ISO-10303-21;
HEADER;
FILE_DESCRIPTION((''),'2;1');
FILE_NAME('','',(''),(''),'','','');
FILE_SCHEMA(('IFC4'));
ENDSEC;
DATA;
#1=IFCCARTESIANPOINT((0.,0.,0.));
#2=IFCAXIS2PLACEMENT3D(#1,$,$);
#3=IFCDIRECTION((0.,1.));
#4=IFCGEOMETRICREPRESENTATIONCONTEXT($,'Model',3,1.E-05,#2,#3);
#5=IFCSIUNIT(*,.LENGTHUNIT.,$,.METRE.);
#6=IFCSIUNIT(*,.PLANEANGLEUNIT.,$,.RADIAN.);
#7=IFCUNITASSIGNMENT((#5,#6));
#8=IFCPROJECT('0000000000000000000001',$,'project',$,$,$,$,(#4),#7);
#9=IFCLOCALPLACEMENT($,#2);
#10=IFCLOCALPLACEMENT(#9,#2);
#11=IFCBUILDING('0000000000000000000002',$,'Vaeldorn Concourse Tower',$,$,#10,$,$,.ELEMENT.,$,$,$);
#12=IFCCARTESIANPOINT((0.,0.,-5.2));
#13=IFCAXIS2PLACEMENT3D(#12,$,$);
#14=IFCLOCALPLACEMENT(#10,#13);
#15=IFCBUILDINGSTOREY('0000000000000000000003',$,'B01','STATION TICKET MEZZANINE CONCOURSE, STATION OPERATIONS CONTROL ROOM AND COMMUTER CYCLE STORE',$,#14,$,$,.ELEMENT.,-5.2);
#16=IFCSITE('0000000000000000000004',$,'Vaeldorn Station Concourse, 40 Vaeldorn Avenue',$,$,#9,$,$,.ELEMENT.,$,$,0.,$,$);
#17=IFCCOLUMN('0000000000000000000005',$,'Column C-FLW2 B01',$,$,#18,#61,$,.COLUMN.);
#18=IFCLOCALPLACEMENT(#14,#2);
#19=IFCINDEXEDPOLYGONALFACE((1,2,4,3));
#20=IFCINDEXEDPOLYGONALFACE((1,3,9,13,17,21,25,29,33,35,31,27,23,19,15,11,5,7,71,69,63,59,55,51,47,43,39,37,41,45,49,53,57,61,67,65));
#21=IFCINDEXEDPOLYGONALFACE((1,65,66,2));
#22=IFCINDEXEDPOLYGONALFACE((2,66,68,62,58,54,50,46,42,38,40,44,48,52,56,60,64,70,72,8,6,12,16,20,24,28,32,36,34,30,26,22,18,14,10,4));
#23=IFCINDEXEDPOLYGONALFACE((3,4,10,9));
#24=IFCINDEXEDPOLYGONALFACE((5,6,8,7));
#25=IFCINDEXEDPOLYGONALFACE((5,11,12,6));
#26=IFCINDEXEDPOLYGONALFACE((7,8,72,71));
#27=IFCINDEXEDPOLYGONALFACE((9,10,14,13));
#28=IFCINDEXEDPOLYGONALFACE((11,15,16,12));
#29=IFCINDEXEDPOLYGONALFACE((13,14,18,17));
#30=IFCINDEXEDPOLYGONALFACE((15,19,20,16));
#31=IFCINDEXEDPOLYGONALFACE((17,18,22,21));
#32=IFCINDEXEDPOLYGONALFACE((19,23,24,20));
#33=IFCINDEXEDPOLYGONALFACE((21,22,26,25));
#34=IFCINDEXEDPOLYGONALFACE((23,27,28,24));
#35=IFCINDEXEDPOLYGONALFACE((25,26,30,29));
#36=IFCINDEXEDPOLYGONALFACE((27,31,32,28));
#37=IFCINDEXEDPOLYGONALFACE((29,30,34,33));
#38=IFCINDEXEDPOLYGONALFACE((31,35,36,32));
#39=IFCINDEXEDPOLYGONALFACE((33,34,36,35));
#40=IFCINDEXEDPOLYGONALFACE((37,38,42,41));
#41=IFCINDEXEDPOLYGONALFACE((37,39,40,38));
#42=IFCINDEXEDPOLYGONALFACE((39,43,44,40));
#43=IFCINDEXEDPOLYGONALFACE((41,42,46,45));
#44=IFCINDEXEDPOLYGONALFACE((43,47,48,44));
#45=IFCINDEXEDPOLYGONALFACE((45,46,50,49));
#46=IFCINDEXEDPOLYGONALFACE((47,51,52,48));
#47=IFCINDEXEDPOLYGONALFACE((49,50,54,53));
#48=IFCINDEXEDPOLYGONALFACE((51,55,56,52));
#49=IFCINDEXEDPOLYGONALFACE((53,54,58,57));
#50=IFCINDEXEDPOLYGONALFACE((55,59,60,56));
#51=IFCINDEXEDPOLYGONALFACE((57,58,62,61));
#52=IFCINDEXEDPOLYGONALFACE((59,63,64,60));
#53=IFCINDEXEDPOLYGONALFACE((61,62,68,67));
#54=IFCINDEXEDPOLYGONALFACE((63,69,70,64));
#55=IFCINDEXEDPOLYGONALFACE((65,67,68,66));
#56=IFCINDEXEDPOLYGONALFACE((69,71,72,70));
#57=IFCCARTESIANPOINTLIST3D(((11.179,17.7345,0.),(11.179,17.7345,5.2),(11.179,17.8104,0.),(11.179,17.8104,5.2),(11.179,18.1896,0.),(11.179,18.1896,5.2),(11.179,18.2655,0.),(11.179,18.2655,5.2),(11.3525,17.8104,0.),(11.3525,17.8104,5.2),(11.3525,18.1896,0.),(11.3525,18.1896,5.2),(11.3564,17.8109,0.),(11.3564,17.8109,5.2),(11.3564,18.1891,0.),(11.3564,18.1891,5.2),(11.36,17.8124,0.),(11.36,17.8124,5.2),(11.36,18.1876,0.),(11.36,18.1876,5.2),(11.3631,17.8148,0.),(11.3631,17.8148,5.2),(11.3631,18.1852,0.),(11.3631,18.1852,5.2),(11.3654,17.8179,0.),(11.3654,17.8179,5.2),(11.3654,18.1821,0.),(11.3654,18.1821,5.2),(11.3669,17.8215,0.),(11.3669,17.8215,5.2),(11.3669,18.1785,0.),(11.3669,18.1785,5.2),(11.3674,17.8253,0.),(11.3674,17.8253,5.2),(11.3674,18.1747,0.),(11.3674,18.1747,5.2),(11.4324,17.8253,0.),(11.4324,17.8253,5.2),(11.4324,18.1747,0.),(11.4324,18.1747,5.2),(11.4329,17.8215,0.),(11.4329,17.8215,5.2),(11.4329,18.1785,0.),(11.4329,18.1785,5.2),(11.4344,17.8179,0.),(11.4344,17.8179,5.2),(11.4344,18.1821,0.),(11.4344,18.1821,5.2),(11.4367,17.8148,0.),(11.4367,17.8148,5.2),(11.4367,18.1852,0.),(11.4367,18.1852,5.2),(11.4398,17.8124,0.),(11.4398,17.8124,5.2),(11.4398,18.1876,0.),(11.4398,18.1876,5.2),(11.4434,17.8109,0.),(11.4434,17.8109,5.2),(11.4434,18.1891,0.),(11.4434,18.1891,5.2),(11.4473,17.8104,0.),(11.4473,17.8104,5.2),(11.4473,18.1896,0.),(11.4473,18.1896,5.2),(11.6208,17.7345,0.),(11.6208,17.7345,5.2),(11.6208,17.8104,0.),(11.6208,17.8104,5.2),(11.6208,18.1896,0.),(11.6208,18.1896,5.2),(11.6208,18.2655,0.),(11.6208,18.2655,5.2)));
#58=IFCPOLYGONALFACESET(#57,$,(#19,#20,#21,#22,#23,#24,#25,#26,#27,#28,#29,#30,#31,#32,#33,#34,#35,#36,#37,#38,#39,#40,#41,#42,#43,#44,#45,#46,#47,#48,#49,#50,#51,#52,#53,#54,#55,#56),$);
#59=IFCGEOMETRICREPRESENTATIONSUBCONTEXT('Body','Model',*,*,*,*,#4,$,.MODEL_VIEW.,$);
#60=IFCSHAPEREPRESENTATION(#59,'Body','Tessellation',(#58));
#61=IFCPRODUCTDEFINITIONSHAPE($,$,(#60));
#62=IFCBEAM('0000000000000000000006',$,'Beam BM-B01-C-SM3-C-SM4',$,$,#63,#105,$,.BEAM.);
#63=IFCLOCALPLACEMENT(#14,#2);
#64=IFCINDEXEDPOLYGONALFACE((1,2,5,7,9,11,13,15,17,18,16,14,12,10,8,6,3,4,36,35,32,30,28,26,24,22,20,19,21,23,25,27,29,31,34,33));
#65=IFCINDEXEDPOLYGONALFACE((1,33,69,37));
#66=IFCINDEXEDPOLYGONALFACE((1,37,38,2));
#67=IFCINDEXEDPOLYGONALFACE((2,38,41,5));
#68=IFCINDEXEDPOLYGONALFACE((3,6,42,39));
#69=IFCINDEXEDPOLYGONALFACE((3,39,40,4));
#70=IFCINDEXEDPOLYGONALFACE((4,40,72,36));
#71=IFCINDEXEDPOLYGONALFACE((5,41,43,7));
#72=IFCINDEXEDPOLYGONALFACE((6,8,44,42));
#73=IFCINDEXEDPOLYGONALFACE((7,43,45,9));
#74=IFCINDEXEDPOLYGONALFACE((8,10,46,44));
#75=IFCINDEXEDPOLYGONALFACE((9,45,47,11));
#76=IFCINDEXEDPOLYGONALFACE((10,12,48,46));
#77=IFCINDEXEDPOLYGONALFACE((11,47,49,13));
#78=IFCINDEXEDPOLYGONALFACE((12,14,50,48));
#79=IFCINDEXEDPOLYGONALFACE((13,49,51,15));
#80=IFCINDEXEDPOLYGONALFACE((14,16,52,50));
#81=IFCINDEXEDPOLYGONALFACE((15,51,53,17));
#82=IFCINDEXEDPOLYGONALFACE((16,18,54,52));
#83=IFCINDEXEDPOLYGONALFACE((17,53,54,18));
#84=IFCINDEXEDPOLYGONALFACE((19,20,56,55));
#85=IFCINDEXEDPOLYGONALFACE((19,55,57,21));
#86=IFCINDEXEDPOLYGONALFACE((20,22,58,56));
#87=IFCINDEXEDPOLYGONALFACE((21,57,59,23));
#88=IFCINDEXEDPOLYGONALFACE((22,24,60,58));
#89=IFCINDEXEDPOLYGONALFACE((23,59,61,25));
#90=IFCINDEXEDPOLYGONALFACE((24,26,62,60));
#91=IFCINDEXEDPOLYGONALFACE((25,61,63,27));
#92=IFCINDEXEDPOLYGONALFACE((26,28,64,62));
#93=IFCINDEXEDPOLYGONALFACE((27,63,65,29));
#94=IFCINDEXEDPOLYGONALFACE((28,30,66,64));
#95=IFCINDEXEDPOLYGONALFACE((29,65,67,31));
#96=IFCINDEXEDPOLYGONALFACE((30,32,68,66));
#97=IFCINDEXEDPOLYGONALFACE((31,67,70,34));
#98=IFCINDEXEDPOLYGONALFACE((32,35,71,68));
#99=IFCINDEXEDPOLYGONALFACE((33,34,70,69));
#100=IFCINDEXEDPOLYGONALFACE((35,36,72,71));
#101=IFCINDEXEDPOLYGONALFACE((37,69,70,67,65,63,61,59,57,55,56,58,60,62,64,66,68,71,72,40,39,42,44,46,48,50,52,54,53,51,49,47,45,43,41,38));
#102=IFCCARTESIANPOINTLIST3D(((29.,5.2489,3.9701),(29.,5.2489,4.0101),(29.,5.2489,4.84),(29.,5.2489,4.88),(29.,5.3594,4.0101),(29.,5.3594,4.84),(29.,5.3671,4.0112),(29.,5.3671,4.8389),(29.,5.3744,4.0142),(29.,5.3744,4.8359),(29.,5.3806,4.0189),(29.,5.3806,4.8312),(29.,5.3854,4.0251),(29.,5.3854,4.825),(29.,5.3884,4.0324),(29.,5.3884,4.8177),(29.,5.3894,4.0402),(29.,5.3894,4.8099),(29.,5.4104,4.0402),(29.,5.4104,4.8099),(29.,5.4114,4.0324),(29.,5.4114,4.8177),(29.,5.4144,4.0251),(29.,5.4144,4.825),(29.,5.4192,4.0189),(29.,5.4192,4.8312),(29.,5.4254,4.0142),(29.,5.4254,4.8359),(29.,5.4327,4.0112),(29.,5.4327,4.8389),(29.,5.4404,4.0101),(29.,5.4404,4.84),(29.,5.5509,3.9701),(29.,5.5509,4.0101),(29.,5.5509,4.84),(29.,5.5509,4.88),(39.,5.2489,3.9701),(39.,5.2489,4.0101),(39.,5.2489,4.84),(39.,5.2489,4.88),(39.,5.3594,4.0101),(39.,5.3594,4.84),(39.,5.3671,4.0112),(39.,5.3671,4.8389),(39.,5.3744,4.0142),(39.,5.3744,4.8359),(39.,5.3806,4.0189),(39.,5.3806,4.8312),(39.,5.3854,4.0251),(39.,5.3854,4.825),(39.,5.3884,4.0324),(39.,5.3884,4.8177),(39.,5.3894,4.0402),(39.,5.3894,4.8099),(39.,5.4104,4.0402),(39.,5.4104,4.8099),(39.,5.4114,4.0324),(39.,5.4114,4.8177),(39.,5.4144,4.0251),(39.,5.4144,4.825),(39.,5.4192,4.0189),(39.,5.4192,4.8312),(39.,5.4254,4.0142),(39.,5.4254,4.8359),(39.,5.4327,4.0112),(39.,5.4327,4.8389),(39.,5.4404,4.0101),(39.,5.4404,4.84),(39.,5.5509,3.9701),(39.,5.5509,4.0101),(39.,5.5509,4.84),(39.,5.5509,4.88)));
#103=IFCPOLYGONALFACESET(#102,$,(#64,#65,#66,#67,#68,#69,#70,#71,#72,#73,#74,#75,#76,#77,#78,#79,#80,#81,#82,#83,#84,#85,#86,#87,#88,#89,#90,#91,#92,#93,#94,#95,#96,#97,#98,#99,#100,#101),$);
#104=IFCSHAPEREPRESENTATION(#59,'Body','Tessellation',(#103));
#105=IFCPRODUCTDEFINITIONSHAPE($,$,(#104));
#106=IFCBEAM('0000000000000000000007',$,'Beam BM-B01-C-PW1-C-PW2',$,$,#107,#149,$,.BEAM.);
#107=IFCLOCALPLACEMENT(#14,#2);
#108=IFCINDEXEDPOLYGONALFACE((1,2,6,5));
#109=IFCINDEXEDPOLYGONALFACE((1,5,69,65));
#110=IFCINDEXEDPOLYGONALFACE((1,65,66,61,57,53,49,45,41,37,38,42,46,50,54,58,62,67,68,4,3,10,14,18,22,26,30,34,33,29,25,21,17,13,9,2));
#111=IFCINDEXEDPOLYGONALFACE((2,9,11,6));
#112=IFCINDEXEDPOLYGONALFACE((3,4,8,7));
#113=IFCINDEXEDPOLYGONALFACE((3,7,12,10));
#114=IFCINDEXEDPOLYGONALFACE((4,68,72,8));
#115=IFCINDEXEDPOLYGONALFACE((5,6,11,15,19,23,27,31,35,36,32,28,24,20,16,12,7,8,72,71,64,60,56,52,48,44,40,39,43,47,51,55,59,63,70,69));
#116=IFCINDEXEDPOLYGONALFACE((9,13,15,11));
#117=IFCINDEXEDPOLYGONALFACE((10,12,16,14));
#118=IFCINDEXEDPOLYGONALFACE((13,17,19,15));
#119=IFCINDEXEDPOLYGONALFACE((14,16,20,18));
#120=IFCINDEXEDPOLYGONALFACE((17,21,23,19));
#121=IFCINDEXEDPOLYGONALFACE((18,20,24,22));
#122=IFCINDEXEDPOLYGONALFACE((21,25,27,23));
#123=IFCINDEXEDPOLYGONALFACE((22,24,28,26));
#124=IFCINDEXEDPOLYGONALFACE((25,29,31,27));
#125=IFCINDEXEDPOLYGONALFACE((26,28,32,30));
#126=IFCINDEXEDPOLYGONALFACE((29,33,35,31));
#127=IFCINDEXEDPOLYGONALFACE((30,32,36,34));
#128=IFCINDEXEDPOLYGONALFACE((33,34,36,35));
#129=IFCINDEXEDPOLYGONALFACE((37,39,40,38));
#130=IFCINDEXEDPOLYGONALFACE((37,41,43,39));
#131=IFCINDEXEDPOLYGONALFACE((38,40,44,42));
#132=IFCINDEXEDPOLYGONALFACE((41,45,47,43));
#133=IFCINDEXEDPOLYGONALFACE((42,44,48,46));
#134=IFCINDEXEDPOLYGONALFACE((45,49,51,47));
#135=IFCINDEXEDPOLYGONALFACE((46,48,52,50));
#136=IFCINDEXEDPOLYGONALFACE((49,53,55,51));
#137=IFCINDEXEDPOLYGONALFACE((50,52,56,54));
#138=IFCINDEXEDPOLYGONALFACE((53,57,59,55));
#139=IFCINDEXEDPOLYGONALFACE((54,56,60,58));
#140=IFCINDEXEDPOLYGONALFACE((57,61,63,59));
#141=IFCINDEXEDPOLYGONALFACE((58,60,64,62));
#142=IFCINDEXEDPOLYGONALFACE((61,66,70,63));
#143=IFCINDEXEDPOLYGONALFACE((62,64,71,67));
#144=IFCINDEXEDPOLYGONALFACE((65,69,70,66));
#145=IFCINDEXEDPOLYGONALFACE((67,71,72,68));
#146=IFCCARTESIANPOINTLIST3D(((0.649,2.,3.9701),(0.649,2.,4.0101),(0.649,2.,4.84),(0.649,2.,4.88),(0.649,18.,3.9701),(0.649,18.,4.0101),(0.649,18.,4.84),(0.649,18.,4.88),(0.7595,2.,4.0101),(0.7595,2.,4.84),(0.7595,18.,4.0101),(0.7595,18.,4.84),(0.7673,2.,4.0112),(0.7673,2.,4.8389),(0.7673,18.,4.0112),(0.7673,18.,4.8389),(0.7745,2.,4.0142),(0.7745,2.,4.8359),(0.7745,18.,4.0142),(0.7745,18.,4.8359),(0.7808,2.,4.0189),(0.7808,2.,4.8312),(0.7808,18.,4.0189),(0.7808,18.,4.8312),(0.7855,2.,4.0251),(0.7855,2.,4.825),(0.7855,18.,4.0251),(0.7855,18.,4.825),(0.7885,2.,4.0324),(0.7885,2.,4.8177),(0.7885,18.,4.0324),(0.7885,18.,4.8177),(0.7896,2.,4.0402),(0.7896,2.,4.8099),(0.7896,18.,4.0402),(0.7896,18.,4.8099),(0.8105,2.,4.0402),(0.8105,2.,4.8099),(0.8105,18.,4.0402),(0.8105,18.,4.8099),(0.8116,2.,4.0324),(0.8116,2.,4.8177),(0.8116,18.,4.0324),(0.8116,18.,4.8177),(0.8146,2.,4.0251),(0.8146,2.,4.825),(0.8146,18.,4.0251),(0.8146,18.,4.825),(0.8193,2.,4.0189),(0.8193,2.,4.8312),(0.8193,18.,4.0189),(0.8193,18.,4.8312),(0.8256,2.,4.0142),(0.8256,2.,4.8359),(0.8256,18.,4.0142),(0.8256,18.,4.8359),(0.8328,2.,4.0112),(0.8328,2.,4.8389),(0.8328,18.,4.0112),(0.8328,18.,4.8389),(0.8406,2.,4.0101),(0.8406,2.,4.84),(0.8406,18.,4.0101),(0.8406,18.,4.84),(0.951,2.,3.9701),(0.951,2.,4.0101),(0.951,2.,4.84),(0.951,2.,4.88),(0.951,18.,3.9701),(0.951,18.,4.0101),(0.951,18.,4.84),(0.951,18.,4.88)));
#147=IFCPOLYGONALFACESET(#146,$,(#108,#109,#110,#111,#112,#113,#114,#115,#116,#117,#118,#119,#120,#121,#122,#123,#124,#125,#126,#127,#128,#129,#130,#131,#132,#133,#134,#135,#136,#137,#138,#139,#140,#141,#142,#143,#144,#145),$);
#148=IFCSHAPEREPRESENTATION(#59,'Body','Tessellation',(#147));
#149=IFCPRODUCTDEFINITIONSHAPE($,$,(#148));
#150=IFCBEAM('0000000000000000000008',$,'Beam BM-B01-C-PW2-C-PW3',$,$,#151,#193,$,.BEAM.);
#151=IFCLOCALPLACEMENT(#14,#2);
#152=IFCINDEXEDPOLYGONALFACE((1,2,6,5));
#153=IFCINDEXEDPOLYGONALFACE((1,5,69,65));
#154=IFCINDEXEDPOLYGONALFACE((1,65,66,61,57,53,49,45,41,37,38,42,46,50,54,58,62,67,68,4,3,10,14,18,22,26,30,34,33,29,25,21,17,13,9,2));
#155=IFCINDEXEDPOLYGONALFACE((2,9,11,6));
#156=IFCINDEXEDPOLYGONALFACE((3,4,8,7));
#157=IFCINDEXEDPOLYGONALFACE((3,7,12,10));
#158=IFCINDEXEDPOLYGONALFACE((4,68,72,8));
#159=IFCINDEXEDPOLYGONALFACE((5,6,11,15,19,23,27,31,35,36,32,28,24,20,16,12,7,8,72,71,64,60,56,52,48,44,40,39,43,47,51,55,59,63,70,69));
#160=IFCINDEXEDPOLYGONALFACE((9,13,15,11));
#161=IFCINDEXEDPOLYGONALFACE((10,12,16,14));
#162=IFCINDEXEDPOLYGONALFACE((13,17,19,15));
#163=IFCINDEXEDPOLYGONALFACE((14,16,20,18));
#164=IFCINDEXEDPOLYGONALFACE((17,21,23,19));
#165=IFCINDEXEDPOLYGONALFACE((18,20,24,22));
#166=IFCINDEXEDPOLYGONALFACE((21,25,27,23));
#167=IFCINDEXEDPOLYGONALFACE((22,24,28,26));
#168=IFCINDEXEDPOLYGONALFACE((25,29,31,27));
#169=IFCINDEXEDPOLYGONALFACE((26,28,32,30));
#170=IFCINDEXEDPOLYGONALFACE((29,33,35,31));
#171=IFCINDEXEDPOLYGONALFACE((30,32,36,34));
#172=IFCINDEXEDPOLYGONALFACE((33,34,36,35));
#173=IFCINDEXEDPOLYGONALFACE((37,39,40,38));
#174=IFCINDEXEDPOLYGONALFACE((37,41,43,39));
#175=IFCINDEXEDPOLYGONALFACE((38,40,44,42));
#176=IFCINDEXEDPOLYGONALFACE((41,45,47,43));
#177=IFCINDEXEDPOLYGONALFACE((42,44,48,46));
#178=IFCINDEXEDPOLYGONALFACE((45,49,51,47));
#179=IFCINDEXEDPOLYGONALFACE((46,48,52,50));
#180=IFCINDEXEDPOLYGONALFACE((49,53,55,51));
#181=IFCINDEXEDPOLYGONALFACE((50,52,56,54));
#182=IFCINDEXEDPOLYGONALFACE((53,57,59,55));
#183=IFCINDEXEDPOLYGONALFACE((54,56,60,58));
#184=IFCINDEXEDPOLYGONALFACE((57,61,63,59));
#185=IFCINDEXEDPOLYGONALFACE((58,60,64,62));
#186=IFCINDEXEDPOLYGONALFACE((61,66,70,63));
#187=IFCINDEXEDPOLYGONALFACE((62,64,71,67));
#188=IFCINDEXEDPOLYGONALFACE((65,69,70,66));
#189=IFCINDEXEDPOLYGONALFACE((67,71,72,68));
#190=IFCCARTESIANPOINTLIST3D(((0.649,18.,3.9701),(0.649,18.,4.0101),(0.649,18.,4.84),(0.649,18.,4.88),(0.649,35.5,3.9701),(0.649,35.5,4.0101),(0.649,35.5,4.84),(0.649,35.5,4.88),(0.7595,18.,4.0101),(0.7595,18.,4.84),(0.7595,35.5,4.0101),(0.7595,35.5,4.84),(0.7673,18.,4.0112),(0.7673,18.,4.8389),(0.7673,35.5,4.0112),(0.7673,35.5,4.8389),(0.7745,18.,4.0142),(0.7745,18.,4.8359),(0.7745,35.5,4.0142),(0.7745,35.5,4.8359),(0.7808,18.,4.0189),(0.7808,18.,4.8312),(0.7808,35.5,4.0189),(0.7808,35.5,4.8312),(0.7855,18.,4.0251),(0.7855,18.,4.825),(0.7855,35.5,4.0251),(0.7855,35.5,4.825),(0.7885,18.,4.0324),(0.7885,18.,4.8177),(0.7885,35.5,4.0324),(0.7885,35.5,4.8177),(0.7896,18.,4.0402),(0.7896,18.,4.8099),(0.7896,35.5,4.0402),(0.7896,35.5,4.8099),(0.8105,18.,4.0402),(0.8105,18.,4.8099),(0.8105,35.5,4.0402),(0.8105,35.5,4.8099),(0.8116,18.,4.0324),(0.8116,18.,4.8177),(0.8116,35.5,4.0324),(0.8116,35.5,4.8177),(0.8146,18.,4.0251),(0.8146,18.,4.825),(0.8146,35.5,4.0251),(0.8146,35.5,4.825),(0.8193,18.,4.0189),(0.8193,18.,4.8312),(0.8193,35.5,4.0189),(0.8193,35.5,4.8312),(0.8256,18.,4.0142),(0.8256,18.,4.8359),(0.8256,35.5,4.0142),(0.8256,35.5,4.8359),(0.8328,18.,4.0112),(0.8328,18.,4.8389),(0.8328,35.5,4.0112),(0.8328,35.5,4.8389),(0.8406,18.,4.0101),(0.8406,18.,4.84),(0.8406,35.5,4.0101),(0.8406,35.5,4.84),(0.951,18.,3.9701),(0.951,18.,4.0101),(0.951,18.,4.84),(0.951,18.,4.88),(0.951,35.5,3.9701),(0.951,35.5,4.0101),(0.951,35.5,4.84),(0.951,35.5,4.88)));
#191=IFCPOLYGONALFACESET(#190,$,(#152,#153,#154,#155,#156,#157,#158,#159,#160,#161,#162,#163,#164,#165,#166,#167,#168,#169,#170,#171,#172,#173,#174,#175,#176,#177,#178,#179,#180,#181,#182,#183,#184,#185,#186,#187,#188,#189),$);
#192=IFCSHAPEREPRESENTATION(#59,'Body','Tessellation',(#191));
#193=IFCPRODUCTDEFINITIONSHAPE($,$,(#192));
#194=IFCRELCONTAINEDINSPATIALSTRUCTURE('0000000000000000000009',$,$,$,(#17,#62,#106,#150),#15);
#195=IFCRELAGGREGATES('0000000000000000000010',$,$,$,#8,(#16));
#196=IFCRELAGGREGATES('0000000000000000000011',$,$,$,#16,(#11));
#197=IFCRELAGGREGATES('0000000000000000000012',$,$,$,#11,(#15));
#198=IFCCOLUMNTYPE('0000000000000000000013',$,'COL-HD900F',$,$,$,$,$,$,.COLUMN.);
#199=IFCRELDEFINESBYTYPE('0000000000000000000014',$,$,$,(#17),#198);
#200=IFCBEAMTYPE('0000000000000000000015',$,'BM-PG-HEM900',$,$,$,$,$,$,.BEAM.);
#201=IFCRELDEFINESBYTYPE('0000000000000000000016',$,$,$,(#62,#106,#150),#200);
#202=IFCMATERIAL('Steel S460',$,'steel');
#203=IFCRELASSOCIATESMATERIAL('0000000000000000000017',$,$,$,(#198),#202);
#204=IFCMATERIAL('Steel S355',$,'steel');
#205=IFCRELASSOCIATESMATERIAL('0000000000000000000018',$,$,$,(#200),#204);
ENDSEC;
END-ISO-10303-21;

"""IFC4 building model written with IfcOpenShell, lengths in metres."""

from ifc_helpers import new_model, si_unit, direction, frame, origin, origin_2d, place, context, subcontext, project, spatial, i_section, extrude, source, transform, mapped, material, material_profile, profile_set, type_object, element, save


model = new_model("IFC4")

# Units and contexts
model_context = context("Model", 3, precision=1e-05, world=origin(), true_north=direction((0.0, 1.0)))
body_context = subcontext(model_context, "Body", "Model", "MODEL_VIEW")
ifc_project = project(units=[si_unit("LENGTHUNIT", "METRE"), si_unit("PLANEANGLEUNIT", "RADIAN")], contexts=[model_context])

# Site, building, storey
site_placement = place(None, origin())
site = spatial("IfcSite", under=ifc_project, at=site_placement, Name="Vaeldorn Station Concourse, 40 Vaeldorn Avenue", CompositionType="ELEMENT", RefElevation=0.0)
building_placement = place(site_placement, origin())
building = spatial("IfcBuilding", under=site, at=building_placement, Name="Vaeldorn Concourse Tower", CompositionType="ELEMENT")
storey_placement = place(building_placement, frame((0.0, 0.0, -5.2)))
storey = spatial("IfcBuildingStorey", under=building, at=storey_placement, Name="B01", Description="STATION TICKET MEZZANINE CONCOURSE, STATION OPERATIONS CONTROL ROOM AND COMMUTER CYCLE STORE", CompositionType="ELEMENT", Elevation=-5.2)

# Column
ifc_material_1 = material(Name="Steel S460", Category="steel")
ifc_material_profile_1 = material_profile(ifc_material_1, i_section(OverallWidth=0.4419, OverallDepth=0.531, WebThickness=0.0649, FlangeThickness=0.0759, FilletRadius=0.0149, at=origin_2d()), Name="HD 400x900")
ifc_profile_set_1 = profile_set([ifc_material_profile_1], Name="Steel S460")
column_type_1 = type_object("IfcColumnType", Name="COL-HD900F", PredefinedType="COLUMN", material=ifc_profile_set_1)
shared_shape_1 = source(origin(), body_context, "Body", "SweptSolid", [
    extrude(i_section(OverallWidth=0.4419, OverallDepth=0.531, WebThickness=0.0649, FlangeThickness=0.0759, FilletRadius=0.0149, at=origin_2d()), origin(), (0.0, 0.0, 1.0), 5.2),
])
for number, where, z_axis, x_axis, name in (
    (1, (11.3999, 18.0, 0.0), (0.0, 0.0, 1.0), (1.0, 0.0, 0.0), "Column C-FLW2 B01"),
):
    element("IfcColumn", number, at=place(storey_placement, frame(where, z_axis=z_axis, x_axis=x_axis)), inside=storey, type_object=column_type_1, Name=name, PredefinedType="COLUMN", context=body_context, shape_type="MappedRepresentation", body=[
        mapped(shared_shape_1, transform((0.0, 0.0, 0.0), scale=1.0)),
    ])

# Beams
ifc_material_2 = material(Name="Steel S355", Category="steel")
ifc_material_profile_2 = material_profile(ifc_material_2, i_section(OverallWidth=0.302, OverallDepth=0.9099, WebThickness=0.021, FlangeThickness=0.04, FilletRadius=0.03, at=origin_2d()), Name="HEM 900")
ifc_profile_set_2 = profile_set([ifc_material_profile_2], Name="Steel S355")
beam_type_1 = type_object("IfcBeamType", Name="BM-PG-HEM900", PredefinedType="BEAM", material=ifc_profile_set_2)
shared_shape_2 = source(origin(), body_context, "Body", "SweptSolid", [
    extrude(i_section(OverallWidth=0.302, OverallDepth=0.9099, WebThickness=0.021, FlangeThickness=0.04, FilletRadius=0.03, at=origin_2d()), origin(), (0.0, 0.0, 1.0), 10.0),
])
beam_1_placement = place(storey_placement, frame((29.0, 5.3999, 4.425), z_axis=(1.0, 0.0, 0.0), x_axis=(0.0, 1.0, 0.0)))
element("IfcBeam", 2, at=beam_1_placement, inside=storey, type_object=beam_type_1, Name="Beam BM-B01-C-SM3-C-SM4", PredefinedType="BEAM", context=body_context, shape_type="MappedRepresentation", body=[
    mapped(shared_shape_2, transform((0.0, 0.0, 0.0), scale=1.0)),
])
shared_shape_3 = source(origin(), body_context, "Body", "SweptSolid", [
    extrude(i_section(OverallWidth=0.302, OverallDepth=0.9099, WebThickness=0.021, FlangeThickness=0.04, FilletRadius=0.03, at=origin_2d()), origin(), (0.0, 0.0, 1.0), 16.0),
])
beam_2_placement = place(storey_placement, frame((0.8, 2.0, 4.425), z_axis=(0.0, 1.0, 0.0), x_axis=(-1.0, 0.0, 0.0)))
element("IfcBeam", 3, at=beam_2_placement, inside=storey, type_object=beam_type_1, Name="Beam BM-B01-C-PW1-C-PW2", PredefinedType="BEAM", context=body_context, shape_type="MappedRepresentation", body=[
    mapped(shared_shape_3, transform((0.0, 0.0, 0.0), scale=1.0)),
])
shared_shape_4 = source(origin(), body_context, "Body", "SweptSolid", [
    extrude(i_section(OverallWidth=0.302, OverallDepth=0.9099, WebThickness=0.021, FlangeThickness=0.04, FilletRadius=0.03, at=origin_2d()), origin(), (0.0, 0.0, 1.0), 17.5),
])
beam_3_placement = place(storey_placement, frame((0.8, 18.0, 4.425), z_axis=(0.0, 1.0, 0.0), x_axis=(-1.0, 0.0, 0.0)))
element("IfcBeam", 4, at=beam_3_placement, inside=storey, type_object=beam_type_1, Name="Beam BM-B01-C-PW2-C-PW3", PredefinedType="BEAM", context=body_context, shape_type="MappedRepresentation", body=[
    mapped(shared_shape_4, transform((0.0, 0.0, 0.0), scale=1.0)),
])

save(model, "model.ifc")
